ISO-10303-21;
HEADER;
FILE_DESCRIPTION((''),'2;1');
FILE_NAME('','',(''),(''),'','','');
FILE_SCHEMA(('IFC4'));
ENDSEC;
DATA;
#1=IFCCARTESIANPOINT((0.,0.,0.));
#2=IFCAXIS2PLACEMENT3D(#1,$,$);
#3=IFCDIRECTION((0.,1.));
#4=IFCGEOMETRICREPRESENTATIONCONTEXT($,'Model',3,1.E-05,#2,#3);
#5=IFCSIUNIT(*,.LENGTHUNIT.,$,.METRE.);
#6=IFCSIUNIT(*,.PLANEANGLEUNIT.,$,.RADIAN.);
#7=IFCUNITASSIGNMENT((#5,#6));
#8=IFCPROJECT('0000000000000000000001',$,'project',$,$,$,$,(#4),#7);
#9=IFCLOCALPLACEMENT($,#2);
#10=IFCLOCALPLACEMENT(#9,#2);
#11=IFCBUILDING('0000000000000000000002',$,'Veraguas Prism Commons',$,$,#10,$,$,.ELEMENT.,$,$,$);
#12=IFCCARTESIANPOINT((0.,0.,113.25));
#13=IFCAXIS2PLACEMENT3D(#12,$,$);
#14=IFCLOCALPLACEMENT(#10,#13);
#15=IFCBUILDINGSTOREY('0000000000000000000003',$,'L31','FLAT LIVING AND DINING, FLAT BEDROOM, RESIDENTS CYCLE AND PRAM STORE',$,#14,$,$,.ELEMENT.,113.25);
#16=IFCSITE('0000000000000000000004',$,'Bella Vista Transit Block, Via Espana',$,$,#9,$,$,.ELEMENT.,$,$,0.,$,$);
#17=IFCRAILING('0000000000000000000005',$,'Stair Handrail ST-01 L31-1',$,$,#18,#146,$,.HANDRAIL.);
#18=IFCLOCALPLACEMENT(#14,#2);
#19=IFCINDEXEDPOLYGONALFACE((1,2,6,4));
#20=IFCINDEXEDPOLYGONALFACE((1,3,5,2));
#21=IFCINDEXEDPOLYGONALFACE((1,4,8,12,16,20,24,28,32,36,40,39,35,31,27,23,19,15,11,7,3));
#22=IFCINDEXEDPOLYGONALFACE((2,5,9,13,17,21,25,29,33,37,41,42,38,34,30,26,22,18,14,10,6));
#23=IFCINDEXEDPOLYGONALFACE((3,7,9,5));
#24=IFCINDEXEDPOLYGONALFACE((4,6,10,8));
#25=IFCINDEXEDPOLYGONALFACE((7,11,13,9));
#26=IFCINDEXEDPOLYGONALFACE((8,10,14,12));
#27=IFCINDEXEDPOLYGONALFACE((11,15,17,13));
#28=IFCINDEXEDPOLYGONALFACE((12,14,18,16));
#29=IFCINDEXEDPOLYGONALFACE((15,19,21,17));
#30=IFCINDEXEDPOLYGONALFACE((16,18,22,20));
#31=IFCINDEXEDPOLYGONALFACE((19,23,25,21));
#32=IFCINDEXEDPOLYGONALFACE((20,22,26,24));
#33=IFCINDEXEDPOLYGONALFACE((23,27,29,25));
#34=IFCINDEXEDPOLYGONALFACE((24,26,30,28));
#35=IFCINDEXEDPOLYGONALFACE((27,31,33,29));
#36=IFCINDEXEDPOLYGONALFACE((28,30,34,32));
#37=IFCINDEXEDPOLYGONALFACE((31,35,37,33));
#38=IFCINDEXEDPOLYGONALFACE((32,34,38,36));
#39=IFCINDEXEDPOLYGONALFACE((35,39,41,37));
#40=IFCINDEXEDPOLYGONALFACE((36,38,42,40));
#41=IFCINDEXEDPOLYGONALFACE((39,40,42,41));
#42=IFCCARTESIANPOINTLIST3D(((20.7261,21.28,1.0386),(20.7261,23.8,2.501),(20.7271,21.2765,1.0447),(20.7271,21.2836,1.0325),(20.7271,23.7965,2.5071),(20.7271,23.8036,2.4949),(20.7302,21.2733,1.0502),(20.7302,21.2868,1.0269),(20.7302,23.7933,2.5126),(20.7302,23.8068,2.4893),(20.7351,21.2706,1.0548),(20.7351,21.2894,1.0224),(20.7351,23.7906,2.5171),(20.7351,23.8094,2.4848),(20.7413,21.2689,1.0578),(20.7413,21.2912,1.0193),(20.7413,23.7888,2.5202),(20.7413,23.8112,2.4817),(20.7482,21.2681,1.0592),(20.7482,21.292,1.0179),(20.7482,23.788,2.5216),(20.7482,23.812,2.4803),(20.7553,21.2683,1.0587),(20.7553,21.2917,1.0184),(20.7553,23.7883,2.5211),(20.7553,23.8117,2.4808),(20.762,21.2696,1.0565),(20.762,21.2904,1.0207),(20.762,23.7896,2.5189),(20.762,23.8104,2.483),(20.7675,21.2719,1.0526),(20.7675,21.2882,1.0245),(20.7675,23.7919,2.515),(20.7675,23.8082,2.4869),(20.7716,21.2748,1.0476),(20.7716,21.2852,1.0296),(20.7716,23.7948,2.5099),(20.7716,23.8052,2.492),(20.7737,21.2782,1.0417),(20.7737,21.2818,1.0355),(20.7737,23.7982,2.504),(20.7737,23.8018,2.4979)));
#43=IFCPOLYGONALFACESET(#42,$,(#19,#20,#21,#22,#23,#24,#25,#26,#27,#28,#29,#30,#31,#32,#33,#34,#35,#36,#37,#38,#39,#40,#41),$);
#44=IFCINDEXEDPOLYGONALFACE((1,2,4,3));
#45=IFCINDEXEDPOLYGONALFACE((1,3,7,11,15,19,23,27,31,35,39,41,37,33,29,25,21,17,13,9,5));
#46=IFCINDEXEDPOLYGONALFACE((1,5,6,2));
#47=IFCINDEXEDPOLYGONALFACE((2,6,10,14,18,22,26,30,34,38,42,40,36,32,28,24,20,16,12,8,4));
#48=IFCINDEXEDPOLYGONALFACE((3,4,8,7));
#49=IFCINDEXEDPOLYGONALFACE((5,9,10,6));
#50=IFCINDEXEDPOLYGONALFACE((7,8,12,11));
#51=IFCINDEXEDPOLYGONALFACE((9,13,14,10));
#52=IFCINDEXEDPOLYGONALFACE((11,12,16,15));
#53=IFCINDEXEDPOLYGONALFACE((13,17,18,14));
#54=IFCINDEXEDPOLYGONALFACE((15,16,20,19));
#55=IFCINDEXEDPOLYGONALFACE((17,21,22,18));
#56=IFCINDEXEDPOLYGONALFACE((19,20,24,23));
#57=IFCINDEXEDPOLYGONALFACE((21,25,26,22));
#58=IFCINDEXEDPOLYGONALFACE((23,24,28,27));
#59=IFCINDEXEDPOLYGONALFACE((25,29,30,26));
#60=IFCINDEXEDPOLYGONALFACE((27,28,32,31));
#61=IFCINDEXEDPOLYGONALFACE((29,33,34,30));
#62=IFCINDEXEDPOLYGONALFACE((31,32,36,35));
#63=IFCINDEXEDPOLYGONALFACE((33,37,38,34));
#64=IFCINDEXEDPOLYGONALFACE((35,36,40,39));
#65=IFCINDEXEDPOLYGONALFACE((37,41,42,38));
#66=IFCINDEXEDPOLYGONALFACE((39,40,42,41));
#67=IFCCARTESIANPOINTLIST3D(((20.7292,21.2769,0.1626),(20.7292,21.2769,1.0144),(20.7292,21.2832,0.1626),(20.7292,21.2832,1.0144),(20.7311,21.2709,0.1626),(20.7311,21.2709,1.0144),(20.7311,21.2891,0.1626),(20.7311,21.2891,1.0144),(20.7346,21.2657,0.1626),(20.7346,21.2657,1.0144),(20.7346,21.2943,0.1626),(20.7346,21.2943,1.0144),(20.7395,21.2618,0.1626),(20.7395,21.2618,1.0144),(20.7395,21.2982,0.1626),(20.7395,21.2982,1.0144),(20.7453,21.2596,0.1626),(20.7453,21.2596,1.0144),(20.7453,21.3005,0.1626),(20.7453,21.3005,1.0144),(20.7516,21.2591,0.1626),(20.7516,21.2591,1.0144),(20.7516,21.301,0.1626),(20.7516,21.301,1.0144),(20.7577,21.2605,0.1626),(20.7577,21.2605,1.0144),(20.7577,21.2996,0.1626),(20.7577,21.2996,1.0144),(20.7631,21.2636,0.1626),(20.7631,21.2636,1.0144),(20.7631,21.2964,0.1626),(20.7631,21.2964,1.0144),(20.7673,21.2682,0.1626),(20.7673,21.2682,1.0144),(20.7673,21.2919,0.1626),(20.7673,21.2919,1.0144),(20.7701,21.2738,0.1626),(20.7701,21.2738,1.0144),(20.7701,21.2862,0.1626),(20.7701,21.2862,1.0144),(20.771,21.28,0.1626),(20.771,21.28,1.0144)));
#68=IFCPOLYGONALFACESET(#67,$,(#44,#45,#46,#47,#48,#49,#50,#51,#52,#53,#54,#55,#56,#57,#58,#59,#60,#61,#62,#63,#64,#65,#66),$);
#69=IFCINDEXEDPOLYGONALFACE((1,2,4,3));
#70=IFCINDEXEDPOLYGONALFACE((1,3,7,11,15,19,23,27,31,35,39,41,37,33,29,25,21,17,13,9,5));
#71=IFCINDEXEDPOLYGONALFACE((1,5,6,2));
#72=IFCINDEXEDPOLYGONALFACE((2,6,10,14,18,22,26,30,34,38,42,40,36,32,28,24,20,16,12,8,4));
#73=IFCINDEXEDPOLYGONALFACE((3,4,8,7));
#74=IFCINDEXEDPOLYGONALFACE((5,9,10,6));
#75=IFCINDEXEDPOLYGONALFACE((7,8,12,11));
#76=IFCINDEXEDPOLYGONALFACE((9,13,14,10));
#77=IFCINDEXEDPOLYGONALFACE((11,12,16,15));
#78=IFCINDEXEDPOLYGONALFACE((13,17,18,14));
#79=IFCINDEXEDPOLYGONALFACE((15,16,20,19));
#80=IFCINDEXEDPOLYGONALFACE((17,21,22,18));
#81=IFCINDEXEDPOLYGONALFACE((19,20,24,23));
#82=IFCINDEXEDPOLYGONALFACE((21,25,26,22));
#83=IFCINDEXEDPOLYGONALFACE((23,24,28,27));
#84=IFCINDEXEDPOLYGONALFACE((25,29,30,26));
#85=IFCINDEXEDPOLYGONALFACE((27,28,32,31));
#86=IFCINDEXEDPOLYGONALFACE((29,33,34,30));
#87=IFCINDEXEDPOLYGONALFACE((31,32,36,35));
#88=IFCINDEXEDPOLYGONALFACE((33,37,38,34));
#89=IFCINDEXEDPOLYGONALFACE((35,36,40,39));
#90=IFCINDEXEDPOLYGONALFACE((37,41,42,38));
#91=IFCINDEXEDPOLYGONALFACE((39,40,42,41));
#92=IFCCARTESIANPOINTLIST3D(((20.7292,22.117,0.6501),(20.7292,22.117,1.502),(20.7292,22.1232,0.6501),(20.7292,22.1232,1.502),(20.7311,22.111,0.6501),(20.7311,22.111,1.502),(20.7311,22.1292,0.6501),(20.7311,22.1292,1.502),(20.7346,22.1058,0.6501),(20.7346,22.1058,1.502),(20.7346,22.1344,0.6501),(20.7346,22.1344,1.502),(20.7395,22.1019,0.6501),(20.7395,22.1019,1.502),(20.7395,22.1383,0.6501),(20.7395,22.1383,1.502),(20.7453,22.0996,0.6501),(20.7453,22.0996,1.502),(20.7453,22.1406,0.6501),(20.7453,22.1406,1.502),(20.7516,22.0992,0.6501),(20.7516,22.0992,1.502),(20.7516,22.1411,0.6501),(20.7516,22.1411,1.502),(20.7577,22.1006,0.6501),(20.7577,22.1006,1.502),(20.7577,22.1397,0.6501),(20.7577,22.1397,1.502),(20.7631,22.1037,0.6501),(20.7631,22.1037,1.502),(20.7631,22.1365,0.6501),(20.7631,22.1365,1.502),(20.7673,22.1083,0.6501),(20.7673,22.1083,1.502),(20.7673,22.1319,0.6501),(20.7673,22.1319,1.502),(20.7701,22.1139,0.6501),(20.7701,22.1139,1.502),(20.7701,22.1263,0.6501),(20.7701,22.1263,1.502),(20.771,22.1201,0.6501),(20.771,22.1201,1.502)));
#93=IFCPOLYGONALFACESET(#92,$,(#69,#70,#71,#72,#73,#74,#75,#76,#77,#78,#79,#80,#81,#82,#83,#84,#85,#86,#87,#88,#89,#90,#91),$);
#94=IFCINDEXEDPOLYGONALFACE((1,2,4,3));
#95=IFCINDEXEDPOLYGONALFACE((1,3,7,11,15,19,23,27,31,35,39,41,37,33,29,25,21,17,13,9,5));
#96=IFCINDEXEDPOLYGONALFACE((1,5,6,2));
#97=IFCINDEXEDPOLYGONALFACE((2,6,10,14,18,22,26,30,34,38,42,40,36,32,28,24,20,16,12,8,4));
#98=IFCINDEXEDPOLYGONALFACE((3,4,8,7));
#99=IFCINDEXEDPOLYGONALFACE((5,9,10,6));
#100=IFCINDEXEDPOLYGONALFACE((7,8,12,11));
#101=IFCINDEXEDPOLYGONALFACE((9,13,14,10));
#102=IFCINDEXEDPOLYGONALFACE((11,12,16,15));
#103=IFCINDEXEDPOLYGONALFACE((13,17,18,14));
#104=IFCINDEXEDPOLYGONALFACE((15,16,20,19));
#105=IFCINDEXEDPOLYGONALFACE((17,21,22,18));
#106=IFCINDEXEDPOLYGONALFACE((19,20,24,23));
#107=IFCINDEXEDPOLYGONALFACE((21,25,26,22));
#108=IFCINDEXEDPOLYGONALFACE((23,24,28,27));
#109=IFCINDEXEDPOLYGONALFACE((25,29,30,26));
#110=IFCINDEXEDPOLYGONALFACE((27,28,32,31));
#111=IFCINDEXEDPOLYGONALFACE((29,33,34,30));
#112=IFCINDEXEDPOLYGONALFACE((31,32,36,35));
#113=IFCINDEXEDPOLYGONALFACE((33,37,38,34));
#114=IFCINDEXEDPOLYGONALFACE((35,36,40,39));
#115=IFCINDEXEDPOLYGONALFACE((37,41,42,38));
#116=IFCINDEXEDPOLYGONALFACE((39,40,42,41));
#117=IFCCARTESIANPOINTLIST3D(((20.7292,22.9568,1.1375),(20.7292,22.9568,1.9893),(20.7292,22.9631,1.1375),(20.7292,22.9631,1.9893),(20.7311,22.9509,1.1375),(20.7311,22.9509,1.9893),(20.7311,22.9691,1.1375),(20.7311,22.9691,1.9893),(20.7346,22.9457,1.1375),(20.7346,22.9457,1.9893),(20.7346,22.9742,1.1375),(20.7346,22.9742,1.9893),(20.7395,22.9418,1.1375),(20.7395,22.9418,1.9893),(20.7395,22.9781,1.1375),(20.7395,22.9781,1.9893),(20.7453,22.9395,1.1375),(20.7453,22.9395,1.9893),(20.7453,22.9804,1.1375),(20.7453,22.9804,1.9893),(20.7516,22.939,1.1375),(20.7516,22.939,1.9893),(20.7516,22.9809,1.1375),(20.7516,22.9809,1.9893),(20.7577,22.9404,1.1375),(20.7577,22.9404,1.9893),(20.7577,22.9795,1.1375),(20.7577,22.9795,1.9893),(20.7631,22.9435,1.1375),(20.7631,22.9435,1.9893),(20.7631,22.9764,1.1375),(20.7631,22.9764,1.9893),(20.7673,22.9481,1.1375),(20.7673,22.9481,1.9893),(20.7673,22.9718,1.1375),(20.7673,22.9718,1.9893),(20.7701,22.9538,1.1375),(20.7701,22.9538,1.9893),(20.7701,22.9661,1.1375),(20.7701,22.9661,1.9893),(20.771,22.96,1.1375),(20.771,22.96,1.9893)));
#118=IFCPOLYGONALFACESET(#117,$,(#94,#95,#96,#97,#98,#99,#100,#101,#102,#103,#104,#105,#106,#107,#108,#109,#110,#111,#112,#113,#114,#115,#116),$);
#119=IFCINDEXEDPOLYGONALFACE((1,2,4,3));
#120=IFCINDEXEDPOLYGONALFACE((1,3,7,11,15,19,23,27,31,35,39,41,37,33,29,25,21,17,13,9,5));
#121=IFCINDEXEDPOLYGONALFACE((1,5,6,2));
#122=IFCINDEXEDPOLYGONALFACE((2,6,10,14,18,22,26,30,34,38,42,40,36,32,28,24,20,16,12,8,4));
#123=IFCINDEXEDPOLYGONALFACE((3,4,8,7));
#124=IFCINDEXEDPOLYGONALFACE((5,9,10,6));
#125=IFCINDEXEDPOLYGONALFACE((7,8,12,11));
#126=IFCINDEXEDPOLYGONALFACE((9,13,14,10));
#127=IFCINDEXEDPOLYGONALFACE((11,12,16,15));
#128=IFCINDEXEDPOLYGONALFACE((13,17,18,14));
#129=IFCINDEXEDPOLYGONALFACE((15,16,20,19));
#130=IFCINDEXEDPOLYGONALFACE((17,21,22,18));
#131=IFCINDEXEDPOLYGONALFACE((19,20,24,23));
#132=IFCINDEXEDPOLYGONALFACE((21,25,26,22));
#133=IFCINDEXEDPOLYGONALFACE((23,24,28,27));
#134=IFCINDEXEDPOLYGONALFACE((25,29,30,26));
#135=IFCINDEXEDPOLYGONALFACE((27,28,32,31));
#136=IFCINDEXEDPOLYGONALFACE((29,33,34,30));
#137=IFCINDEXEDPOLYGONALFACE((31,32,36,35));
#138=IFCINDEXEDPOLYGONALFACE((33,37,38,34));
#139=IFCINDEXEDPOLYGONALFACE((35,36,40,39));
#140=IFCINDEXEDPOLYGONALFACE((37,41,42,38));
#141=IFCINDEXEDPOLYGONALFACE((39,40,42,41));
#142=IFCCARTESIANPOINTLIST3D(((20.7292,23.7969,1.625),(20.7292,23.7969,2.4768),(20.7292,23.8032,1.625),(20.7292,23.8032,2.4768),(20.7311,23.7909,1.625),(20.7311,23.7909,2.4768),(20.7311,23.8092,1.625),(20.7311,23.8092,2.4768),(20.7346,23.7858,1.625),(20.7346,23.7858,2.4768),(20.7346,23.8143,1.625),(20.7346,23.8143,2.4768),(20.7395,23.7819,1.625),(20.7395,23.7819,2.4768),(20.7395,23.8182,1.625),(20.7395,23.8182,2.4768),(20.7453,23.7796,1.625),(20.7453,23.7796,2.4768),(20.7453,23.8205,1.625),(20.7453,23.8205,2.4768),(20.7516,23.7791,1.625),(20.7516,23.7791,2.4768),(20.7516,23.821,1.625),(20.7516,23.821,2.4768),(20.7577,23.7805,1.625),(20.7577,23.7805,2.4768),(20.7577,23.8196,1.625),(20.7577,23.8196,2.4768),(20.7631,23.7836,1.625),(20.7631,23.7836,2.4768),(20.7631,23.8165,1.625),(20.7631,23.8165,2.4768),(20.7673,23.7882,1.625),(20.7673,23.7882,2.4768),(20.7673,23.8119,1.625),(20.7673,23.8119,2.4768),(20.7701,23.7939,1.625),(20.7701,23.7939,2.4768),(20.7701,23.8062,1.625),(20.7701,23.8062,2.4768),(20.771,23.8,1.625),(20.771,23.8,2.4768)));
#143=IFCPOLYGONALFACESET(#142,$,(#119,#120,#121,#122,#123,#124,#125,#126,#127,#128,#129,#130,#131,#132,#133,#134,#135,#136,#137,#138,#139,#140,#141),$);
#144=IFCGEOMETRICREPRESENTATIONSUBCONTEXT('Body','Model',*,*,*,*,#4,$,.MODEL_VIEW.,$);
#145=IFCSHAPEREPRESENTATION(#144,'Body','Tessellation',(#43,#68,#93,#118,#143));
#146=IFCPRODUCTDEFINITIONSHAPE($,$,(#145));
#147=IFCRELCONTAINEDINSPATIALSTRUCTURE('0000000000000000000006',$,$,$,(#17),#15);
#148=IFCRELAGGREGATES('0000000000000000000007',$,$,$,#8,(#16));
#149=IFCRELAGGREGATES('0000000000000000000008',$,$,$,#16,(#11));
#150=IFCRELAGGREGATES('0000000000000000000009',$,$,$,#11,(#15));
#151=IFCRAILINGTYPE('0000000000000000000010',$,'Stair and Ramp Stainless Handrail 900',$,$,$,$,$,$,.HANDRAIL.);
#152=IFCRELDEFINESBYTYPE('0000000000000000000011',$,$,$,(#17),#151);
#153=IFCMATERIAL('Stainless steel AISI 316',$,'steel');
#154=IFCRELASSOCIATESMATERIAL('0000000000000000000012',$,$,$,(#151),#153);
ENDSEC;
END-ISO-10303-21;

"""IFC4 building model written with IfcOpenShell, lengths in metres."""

from ifc_helpers import new_model, si_unit, direction, frame, origin, origin_2d, place, context, subcontext, project, spatial, circle, extrude, material, type_object, element, save


model = new_model("IFC4")

# Units and contexts
model_context = context("Model", 3, precision=1e-05, world=origin(), true_north=direction((0.0, 1.0)))
body_context = subcontext(model_context, "Body", "Model", "MODEL_VIEW")
ifc_project = project(units=[si_unit("LENGTHUNIT", "METRE"), si_unit("PLANEANGLEUNIT", "RADIAN")], contexts=[model_context])

# Site, building, storey
site_placement = place(None, origin())
site = spatial("IfcSite", under=ifc_project, at=site_placement, Name="Bella Vista Transit Block, Via Espana", CompositionType="ELEMENT", RefElevation=0.0)
building_placement = place(site_placement, origin())
building = spatial("IfcBuilding", under=site, at=building_placement, Name="Veraguas Prism Commons", CompositionType="ELEMENT")
storey_placement = place(building_placement, frame((0.0, 0.0, 113.25)))
storey = spatial("IfcBuildingStorey", under=building, at=storey_placement, Name="L31", Description="FLAT LIVING AND DINING, FLAT BEDROOM, RESIDENTS CYCLE AND PRAM STORE", CompositionType="ELEMENT", Elevation=113.25)

# Shared definitions
ifc_material_1 = material(Name="Stainless steel AISI 316", Category="steel")

# Railing
railing_type_1 = type_object("IfcRailingType", Name="Stair and Ramp Stainless Handrail 900", PredefinedType="HANDRAIL", material=ifc_material_1)
railing_1_placement = place(storey_placement, frame((20.75, 21.28, 0.1626)))
element("IfcRailing", 1, at=railing_1_placement, inside=storey, type_object=railing_type_1, Name="Stair Handrail ST-01 L31-1", PredefinedType="HANDRAIL", context=body_context, shape_type="SweptSolid", body=[
    extrude(circle(Radius=0.0239, at=origin_2d()), frame((0.0, 0.0, 0.876), z_axis=(0.0, 0.864913, 0.501921), x_axis=(-1.0, 0.0, 0.0)), (0.0, 0.0, 1.0), 2.9136),
    extrude(circle(Radius=0.021, at=origin_2d()), origin(), (0.0, 0.0, 1.0), 0.8518),
    extrude(circle(Radius=0.021, at=origin_2d()), frame((0.0, 0.8401, 0.4875)), (0.0, 0.0, 1.0), 0.8518),
    extrude(circle(Radius=0.021, at=origin_2d()), frame((0.0, 1.6799, 0.9749)), (0.0, 0.0, 1.0), 0.8518),
    extrude(circle(Radius=0.021, at=origin_2d()), frame((0.0, 2.52, 1.4624)), (0.0, 0.0, 1.0), 0.8518),
])

save(model, "model.ifc")
